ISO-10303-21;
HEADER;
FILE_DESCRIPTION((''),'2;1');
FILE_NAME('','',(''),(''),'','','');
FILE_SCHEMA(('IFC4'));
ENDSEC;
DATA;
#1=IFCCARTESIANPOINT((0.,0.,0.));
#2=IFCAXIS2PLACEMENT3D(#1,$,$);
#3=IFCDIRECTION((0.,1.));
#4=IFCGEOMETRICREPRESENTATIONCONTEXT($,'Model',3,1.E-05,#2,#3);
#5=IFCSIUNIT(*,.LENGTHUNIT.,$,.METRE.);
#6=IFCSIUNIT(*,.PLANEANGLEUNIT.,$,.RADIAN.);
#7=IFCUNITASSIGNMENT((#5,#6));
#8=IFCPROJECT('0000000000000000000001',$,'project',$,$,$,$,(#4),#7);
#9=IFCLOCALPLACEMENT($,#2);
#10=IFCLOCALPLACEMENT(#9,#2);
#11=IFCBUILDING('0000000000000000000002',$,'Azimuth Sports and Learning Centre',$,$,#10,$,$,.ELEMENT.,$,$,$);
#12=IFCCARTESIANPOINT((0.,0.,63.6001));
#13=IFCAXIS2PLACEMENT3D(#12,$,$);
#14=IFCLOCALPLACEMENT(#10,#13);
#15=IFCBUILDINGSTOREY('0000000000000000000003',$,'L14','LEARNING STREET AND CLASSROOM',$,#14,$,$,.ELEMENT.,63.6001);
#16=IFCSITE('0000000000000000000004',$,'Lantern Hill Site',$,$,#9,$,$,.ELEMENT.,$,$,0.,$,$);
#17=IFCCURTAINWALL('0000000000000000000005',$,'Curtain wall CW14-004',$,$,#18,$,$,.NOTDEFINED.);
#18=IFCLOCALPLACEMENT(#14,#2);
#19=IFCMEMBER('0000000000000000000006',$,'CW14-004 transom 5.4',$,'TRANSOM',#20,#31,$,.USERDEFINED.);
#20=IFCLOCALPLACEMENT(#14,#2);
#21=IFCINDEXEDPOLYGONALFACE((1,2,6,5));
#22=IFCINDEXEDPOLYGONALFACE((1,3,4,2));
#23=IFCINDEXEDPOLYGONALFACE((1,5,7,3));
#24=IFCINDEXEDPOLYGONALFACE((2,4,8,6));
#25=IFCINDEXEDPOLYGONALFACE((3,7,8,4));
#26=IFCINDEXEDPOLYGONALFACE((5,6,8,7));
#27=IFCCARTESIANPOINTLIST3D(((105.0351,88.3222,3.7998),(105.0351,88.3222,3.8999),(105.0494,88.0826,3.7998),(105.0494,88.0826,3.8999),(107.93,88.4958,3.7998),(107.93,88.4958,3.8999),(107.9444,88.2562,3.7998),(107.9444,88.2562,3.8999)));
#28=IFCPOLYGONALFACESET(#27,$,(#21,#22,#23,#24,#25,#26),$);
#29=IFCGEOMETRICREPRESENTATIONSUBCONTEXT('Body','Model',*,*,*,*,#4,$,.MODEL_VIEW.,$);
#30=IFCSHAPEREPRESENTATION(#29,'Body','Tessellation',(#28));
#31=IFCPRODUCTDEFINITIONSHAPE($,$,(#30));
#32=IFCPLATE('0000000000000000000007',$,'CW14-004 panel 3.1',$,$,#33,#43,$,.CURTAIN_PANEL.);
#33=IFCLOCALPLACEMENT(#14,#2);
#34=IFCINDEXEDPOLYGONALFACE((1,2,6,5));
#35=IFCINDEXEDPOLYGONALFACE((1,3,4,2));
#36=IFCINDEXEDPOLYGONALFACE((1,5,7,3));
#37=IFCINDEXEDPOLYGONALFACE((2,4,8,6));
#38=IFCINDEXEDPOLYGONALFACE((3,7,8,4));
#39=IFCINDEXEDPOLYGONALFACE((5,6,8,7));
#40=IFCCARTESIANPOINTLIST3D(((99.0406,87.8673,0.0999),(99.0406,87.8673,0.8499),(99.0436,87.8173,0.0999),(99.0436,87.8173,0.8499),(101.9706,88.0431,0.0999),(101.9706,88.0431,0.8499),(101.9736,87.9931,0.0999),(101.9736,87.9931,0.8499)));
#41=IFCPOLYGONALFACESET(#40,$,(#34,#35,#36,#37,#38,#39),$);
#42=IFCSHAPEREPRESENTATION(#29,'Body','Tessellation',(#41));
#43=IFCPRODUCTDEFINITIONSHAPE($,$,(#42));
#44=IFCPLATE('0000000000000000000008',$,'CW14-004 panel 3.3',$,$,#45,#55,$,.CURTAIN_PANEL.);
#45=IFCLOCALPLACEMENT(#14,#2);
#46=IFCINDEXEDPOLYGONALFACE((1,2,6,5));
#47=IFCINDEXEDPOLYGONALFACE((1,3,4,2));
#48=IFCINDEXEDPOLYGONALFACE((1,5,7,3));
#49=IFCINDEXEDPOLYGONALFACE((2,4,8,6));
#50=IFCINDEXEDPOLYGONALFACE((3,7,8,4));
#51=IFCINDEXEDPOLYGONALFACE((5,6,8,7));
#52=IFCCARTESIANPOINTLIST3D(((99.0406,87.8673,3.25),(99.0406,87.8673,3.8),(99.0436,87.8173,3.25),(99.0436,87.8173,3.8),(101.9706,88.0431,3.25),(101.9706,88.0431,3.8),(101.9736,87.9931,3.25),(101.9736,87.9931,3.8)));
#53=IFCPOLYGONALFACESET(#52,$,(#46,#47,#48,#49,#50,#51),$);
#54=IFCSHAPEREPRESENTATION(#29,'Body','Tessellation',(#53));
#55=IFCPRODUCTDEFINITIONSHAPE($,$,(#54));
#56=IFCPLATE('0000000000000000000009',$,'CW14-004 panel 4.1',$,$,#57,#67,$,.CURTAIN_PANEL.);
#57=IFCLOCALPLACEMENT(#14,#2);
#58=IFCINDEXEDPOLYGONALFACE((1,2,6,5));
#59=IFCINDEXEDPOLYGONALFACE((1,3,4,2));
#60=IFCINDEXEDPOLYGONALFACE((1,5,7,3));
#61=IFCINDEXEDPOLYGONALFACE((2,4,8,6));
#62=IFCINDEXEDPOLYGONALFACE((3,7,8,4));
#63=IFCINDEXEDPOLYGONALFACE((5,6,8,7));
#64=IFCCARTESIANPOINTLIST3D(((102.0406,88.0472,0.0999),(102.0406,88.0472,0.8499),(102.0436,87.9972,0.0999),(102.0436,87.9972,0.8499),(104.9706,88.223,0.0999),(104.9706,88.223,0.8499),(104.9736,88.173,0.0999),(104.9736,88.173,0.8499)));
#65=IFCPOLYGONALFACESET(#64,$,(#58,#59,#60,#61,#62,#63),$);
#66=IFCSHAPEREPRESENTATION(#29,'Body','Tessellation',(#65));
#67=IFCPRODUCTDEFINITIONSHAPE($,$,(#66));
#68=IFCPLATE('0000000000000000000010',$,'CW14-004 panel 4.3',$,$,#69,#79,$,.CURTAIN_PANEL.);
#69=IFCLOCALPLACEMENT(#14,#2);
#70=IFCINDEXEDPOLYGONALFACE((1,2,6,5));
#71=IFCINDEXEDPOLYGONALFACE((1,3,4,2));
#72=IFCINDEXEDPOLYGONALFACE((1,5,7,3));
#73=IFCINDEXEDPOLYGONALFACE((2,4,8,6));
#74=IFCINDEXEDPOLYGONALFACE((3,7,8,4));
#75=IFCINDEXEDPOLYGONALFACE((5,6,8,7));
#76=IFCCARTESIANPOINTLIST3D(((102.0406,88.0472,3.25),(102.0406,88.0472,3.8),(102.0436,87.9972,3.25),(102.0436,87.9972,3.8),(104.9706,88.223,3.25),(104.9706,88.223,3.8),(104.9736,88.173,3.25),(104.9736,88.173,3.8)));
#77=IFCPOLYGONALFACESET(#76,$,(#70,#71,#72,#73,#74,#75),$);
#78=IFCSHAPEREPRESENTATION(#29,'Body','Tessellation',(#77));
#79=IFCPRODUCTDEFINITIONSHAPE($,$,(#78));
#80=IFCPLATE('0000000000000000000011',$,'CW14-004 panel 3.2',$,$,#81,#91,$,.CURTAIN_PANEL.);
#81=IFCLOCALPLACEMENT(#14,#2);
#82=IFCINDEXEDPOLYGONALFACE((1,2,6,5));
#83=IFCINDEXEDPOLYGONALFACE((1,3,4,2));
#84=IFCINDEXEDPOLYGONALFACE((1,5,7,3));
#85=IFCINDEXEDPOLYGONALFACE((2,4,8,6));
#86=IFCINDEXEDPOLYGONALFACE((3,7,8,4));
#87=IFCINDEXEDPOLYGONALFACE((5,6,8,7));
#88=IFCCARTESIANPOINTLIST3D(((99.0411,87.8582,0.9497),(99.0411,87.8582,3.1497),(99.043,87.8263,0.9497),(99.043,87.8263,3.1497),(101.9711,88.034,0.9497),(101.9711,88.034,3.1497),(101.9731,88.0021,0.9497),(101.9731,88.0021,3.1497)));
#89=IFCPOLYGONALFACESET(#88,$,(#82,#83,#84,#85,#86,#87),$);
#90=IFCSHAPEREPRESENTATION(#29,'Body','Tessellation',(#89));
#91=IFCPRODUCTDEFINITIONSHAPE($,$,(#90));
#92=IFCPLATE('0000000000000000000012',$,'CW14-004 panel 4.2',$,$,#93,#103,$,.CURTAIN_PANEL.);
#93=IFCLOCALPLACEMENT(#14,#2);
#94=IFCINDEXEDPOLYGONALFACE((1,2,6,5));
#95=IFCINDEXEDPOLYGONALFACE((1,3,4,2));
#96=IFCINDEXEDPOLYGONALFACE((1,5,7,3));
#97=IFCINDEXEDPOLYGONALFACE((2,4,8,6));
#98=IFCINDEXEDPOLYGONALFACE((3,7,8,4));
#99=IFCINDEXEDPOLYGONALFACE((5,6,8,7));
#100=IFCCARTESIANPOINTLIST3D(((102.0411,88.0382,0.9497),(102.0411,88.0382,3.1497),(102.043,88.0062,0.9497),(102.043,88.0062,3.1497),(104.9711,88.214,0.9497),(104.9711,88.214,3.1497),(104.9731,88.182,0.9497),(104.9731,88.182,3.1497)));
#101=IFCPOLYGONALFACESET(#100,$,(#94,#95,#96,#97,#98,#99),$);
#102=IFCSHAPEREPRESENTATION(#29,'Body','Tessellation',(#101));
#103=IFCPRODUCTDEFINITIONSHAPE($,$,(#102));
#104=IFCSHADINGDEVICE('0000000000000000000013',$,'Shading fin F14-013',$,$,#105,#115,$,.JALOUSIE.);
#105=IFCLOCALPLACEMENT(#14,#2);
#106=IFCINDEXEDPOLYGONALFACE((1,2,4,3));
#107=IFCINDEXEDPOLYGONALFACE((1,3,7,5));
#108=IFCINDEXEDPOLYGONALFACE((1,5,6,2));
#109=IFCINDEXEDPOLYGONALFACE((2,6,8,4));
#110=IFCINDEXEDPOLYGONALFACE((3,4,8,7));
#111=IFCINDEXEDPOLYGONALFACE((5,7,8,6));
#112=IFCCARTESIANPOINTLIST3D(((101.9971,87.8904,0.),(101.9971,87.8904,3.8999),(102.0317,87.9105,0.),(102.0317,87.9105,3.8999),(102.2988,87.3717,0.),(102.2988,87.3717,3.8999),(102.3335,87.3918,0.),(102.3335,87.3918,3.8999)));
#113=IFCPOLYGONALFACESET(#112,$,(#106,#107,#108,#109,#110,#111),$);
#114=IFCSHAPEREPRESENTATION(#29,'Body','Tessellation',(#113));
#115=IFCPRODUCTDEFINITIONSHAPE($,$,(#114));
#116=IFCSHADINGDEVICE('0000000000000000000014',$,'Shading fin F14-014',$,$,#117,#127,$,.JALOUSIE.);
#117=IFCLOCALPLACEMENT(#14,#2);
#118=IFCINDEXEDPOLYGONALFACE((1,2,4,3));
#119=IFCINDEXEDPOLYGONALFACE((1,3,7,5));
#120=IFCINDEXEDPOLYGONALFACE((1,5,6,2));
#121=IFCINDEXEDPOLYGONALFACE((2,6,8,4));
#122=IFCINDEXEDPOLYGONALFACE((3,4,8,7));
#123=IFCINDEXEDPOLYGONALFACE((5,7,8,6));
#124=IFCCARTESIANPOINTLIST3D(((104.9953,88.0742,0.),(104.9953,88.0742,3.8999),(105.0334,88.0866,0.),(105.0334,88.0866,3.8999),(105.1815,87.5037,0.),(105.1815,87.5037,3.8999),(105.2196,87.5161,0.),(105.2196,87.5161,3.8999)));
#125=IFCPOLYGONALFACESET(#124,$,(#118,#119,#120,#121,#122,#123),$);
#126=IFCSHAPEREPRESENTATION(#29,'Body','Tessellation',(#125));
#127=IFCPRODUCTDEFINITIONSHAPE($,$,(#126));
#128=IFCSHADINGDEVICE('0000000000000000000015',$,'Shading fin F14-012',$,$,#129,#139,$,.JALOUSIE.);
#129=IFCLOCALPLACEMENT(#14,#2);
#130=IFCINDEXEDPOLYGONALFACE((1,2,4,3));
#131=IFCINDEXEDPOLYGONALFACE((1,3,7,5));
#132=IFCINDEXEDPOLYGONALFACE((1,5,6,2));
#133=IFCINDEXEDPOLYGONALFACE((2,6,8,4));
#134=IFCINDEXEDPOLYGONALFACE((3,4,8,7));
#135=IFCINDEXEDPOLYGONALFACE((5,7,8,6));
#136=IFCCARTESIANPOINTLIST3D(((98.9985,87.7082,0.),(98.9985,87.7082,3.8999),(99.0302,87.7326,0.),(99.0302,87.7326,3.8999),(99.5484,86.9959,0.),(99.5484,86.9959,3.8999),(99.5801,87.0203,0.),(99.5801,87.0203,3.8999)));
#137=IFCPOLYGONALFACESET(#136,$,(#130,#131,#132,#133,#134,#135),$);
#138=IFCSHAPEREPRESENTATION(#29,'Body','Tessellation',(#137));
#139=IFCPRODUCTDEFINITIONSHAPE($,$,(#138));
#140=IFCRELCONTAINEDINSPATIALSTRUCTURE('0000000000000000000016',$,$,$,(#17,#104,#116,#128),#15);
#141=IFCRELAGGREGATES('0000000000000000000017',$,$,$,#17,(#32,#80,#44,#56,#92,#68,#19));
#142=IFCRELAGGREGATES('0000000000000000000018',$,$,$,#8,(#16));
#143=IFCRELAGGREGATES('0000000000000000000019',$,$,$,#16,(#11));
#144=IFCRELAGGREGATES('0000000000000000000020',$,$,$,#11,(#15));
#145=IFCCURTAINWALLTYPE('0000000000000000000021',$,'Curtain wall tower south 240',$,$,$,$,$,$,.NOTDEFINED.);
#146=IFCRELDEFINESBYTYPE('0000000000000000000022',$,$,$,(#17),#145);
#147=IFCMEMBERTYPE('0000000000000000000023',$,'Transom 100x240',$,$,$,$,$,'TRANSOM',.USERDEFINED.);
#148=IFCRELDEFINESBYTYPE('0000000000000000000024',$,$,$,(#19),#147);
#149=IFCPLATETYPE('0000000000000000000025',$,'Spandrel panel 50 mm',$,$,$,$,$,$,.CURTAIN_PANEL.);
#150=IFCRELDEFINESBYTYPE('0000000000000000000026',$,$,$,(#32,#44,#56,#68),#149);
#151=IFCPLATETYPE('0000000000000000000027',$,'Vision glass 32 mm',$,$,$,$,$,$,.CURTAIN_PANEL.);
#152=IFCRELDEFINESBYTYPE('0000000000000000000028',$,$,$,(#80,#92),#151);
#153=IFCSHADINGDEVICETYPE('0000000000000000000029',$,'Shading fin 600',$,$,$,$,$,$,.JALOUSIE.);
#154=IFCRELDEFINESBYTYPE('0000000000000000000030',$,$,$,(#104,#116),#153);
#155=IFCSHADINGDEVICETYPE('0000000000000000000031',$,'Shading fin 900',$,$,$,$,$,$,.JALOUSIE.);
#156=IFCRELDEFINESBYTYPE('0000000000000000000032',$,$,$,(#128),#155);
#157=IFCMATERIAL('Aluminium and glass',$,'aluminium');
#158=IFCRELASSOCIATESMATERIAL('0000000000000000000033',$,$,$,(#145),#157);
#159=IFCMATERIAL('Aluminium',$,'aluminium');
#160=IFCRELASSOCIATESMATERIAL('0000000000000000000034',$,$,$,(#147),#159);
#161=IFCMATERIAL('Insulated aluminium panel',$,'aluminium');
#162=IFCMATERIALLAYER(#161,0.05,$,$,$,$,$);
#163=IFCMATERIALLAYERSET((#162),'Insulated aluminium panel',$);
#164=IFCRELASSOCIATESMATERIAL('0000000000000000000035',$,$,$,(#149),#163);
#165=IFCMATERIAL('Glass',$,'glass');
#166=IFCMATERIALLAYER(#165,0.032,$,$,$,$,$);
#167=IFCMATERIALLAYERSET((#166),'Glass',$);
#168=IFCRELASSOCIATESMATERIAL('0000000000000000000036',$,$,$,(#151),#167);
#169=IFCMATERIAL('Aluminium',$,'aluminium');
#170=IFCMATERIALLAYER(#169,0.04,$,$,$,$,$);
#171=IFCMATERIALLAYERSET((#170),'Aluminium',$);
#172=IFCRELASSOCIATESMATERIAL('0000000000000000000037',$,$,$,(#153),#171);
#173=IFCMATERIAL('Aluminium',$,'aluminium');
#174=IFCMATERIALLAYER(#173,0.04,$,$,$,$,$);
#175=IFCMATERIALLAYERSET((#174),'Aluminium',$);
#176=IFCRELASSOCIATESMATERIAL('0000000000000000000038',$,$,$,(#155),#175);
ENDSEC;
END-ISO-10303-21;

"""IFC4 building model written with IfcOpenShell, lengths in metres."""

from ifc_helpers import new_model, si_unit, direction, frame, origin, origin_2d, place, context, subcontext, project, spatial, rectangle, extrude, material, layer, layer_set, material_profile, profile_set, type_object, element, aggregate, save


model = new_model("IFC4")

# Units and contexts
model_context = context("Model", 3, precision=1e-05, world=origin(), true_north=direction((0.0, 1.0)))
body_context = subcontext(model_context, "Body", "Model", "MODEL_VIEW")
ifc_project = project(units=[si_unit("LENGTHUNIT", "METRE"), si_unit("PLANEANGLEUNIT", "RADIAN")], contexts=[model_context])

# Site, building, storey
site_placement = place(None, origin())
site = spatial("IfcSite", under=ifc_project, at=site_placement, Name="Lantern Hill Site", CompositionType="ELEMENT", RefElevation=0.0)
building_placement = place(site_placement, origin())
building = spatial("IfcBuilding", under=site, at=building_placement, Name="Azimuth Sports and Learning Centre", CompositionType="ELEMENT")
storey_placement = place(building_placement, frame((0.0, 0.0, 63.6001)))
storey = spatial("IfcBuildingStorey", under=building, at=storey_placement, Name="L14", Description="LEARNING STREET AND CLASSROOM", CompositionType="ELEMENT", Elevation=63.6001)

# Curtain wall, member, plates
ifc_material_1 = material(Name="Aluminium and glass", Category="aluminium")
curtain_wall_type = type_object("IfcCurtainWallType", Name="Curtain wall tower south 240", PredefinedType="NOTDEFINED", material=ifc_material_1)
curtain_wall_placement = place(storey_placement, origin())
curtain_wall = element("IfcCurtainWall", 1, at=curtain_wall_placement, inside=storey, type_object=curtain_wall_type, Name="Curtain wall CW14-004", PredefinedType="NOTDEFINED")
ifc_material_2 = material(Name="Aluminium", Category="aluminium")
ifc_material_profile_1 = material_profile(ifc_material_2, rectangle(XDim=0.24, YDim=0.1001, at=origin_2d()), Name="Transom 100x240")
ifc_profile_set_1 = profile_set([ifc_material_profile_1], Name="Aluminium")
member_type_1 = type_object("IfcMemberType", Name="Transom 100x240", ElementType="TRANSOM", PredefinedType="USERDEFINED", material=ifc_profile_set_1)
member_1_placement = place(storey_placement, frame((105.0422, 88.2024, 3.8499), z_axis=(0.998207, 0.059852, 0.0), x_axis=(-0.059852, 0.998207, 0.0)))
member_1 = element("IfcMember", 2, at=member_1_placement, type_object=member_type_1, Name="CW14-004 transom 5.4", ObjectType="TRANSOM", PredefinedType="USERDEFINED", context=body_context, shape_type="SweptSolid", body=[
    extrude(rectangle(XDim=0.24, YDim=0.1001, at=origin_2d()), origin(), (0.0, 0.0, 1.0), 2.9001),
])
ifc_material_3 = material(Name="Insulated aluminium panel", Category="aluminium")
ifc_layer_1 = layer(ifc_material_3, 0.05)
ifc_layer_set_1 = layer_set([ifc_layer_1], Name="Insulated aluminium panel")
plate_type_1 = type_object("IfcPlateType", Name="Spandrel panel 50 mm", PredefinedType="CURTAIN_PANEL", material=ifc_layer_set_1)
plate_1_placement = place(storey_placement, frame((100.5071, 87.9302, 0.0999), z_axis=(0.0, 0.0, 1.0), x_axis=(0.998205, 0.059892, 0.0)))
plate_1 = element("IfcPlate", 3, at=plate_1_placement, type_object=plate_type_1, Name="CW14-004 panel 3.1", PredefinedType="CURTAIN_PANEL", context=body_context, shape_type="SweptSolid", body=[
    extrude(rectangle(XDim=2.9353, YDim=0.05, at=origin_2d()), origin(), (0.0, 0.0, 1.0), 0.75),
])
plate_2_placement = place(storey_placement, frame((100.5071, 87.9302, 3.25), z_axis=(0.0, 0.0, 1.0), x_axis=(0.998205, 0.059892, 0.0)))
plate_2 = element("IfcPlate", 4, at=plate_2_placement, type_object=plate_type_1, Name="CW14-004 panel 3.3", PredefinedType="CURTAIN_PANEL", context=body_context, shape_type="SweptSolid", body=[
    extrude(rectangle(XDim=2.9353, YDim=0.05, at=origin_2d()), origin(), (0.0, 0.0, 1.0), 0.55),
])
plate_3_placement = place(storey_placement, frame((103.5071, 88.1101, 0.0999), z_axis=(0.0, 0.0, 1.0), x_axis=(0.998205, 0.059892, 0.0)))
plate_3 = element("IfcPlate", 5, at=plate_3_placement, type_object=plate_type_1, Name="CW14-004 panel 4.1", PredefinedType="CURTAIN_PANEL", context=body_context, shape_type="SweptSolid", body=[
    extrude(rectangle(XDim=2.9353, YDim=0.05, at=origin_2d()), origin(), (0.0, 0.0, 1.0), 0.75),
])
plate_4_placement = place(storey_placement, frame((103.5071, 88.1101, 3.25), z_axis=(0.0, 0.0, 1.0), x_axis=(0.998205, 0.059892, 0.0)))
plate_4 = element("IfcPlate", 6, at=plate_4_placement, type_object=plate_type_1, Name="CW14-004 panel 4.3", PredefinedType="CURTAIN_PANEL", context=body_context, shape_type="SweptSolid", body=[
    extrude(rectangle(XDim=2.9353, YDim=0.05, at=origin_2d()), origin(), (0.0, 0.0, 1.0), 0.55),
])
ifc_material_4 = material(Name="Glass", Category="glass")
ifc_layer_2 = layer(ifc_material_4, 0.032)
ifc_layer_set_2 = layer_set([ifc_layer_2], Name="Glass")
plate_type_2 = type_object("IfcPlateType", Name="Vision glass 32 mm", PredefinedType="CURTAIN_PANEL", material=ifc_layer_set_2)
plate_5_placement = place(storey_placement, frame((100.5071, 87.9302, 0.9497), z_axis=(0.0, 0.0, 1.0), x_axis=(0.998205, 0.059892, 0.0)))
plate_5 = element("IfcPlate", 7, at=plate_5_placement, type_object=plate_type_2, Name="CW14-004 panel 3.2", PredefinedType="CURTAIN_PANEL", context=body_context, shape_type="SweptSolid", body=[
    extrude(rectangle(XDim=2.9353, YDim=0.032, at=origin_2d()), origin(), (0.0, 0.0, 1.0), 2.2),
])
plate_6_placement = place(storey_placement, frame((103.5071, 88.1101, 0.9497), z_axis=(0.0, 0.0, 1.0), x_axis=(0.998205, 0.059892, 0.0)))
plate_6 = element("IfcPlate", 8, at=plate_6_placement, type_object=plate_type_2, Name="CW14-004 panel 4.2", PredefinedType="CURTAIN_PANEL", context=body_context, shape_type="SweptSolid", body=[
    extrude(rectangle(XDim=2.9353, YDim=0.032, at=origin_2d()), origin(), (0.0, 0.0, 1.0), 2.2),
])
aggregate(curtain_wall, [plate_1, plate_5, plate_2, plate_3, plate_6, plate_4, member_1])

# Shading devices
ifc_material_5 = material(Name="Aluminium", Category="aluminium")
ifc_layer_3 = layer(ifc_material_5, 0.04)
ifc_layer_set_3 = layer_set([ifc_layer_3], Name="Aluminium")
shading_device_type_1 = type_object("IfcShadingDeviceType", Name="Shading fin 600", PredefinedType="JALOUSIE", material=ifc_layer_set_3)
for number, where, z_axis, x_axis, name in (
    (9, (102.1653, 87.6411, 0.0), (0.0, 0.0, 1.0), (0.502821, -0.86439, 0.0), "Shading fin F14-013"),
    (10, (105.1074, 87.7952, 0.0), (0.0, 0.0, 1.0), (0.31028, -0.950645, 0.0), "Shading fin F14-014"),
):
    element("IfcShadingDevice", number, at=place(storey_placement, frame(where, z_axis=z_axis, x_axis=x_axis)), inside=storey, type_object=shading_device_type_1, Name=name, PredefinedType="JALOUSIE", context=body_context, shape_type="SweptSolid", body=[
        extrude(rectangle(XDim=0.6001, YDim=0.04, at=origin_2d()), origin(), (0.0, 0.0, 1.0), 3.8999),
    ])
ifc_material_6 = material(Name="Aluminium", Category="aluminium")
ifc_layer_4 = layer(ifc_material_6, 0.04)
ifc_layer_set_4 = layer_set([ifc_layer_4], Name="Aluminium")
shading_device_type_2 = type_object("IfcShadingDeviceType", Name="Shading fin 900", PredefinedType="JALOUSIE", material=ifc_layer_set_4)
shading_device_placement = place(storey_placement, frame((99.2893, 87.3643, 0.0), z_axis=(0.0, 0.0, 1.0), x_axis=(0.611135, -0.791526, 0.0)))
element("IfcShadingDevice", 11, at=shading_device_placement, inside=storey, type_object=shading_device_type_2, Name="Shading fin F14-012", PredefinedType="JALOUSIE", context=body_context, shape_type="SweptSolid", body=[
    extrude(rectangle(XDim=0.8999, YDim=0.04, at=origin_2d()), origin(), (0.0, 0.0, 1.0), 3.8999),
])

save(model, "model.ifc")
